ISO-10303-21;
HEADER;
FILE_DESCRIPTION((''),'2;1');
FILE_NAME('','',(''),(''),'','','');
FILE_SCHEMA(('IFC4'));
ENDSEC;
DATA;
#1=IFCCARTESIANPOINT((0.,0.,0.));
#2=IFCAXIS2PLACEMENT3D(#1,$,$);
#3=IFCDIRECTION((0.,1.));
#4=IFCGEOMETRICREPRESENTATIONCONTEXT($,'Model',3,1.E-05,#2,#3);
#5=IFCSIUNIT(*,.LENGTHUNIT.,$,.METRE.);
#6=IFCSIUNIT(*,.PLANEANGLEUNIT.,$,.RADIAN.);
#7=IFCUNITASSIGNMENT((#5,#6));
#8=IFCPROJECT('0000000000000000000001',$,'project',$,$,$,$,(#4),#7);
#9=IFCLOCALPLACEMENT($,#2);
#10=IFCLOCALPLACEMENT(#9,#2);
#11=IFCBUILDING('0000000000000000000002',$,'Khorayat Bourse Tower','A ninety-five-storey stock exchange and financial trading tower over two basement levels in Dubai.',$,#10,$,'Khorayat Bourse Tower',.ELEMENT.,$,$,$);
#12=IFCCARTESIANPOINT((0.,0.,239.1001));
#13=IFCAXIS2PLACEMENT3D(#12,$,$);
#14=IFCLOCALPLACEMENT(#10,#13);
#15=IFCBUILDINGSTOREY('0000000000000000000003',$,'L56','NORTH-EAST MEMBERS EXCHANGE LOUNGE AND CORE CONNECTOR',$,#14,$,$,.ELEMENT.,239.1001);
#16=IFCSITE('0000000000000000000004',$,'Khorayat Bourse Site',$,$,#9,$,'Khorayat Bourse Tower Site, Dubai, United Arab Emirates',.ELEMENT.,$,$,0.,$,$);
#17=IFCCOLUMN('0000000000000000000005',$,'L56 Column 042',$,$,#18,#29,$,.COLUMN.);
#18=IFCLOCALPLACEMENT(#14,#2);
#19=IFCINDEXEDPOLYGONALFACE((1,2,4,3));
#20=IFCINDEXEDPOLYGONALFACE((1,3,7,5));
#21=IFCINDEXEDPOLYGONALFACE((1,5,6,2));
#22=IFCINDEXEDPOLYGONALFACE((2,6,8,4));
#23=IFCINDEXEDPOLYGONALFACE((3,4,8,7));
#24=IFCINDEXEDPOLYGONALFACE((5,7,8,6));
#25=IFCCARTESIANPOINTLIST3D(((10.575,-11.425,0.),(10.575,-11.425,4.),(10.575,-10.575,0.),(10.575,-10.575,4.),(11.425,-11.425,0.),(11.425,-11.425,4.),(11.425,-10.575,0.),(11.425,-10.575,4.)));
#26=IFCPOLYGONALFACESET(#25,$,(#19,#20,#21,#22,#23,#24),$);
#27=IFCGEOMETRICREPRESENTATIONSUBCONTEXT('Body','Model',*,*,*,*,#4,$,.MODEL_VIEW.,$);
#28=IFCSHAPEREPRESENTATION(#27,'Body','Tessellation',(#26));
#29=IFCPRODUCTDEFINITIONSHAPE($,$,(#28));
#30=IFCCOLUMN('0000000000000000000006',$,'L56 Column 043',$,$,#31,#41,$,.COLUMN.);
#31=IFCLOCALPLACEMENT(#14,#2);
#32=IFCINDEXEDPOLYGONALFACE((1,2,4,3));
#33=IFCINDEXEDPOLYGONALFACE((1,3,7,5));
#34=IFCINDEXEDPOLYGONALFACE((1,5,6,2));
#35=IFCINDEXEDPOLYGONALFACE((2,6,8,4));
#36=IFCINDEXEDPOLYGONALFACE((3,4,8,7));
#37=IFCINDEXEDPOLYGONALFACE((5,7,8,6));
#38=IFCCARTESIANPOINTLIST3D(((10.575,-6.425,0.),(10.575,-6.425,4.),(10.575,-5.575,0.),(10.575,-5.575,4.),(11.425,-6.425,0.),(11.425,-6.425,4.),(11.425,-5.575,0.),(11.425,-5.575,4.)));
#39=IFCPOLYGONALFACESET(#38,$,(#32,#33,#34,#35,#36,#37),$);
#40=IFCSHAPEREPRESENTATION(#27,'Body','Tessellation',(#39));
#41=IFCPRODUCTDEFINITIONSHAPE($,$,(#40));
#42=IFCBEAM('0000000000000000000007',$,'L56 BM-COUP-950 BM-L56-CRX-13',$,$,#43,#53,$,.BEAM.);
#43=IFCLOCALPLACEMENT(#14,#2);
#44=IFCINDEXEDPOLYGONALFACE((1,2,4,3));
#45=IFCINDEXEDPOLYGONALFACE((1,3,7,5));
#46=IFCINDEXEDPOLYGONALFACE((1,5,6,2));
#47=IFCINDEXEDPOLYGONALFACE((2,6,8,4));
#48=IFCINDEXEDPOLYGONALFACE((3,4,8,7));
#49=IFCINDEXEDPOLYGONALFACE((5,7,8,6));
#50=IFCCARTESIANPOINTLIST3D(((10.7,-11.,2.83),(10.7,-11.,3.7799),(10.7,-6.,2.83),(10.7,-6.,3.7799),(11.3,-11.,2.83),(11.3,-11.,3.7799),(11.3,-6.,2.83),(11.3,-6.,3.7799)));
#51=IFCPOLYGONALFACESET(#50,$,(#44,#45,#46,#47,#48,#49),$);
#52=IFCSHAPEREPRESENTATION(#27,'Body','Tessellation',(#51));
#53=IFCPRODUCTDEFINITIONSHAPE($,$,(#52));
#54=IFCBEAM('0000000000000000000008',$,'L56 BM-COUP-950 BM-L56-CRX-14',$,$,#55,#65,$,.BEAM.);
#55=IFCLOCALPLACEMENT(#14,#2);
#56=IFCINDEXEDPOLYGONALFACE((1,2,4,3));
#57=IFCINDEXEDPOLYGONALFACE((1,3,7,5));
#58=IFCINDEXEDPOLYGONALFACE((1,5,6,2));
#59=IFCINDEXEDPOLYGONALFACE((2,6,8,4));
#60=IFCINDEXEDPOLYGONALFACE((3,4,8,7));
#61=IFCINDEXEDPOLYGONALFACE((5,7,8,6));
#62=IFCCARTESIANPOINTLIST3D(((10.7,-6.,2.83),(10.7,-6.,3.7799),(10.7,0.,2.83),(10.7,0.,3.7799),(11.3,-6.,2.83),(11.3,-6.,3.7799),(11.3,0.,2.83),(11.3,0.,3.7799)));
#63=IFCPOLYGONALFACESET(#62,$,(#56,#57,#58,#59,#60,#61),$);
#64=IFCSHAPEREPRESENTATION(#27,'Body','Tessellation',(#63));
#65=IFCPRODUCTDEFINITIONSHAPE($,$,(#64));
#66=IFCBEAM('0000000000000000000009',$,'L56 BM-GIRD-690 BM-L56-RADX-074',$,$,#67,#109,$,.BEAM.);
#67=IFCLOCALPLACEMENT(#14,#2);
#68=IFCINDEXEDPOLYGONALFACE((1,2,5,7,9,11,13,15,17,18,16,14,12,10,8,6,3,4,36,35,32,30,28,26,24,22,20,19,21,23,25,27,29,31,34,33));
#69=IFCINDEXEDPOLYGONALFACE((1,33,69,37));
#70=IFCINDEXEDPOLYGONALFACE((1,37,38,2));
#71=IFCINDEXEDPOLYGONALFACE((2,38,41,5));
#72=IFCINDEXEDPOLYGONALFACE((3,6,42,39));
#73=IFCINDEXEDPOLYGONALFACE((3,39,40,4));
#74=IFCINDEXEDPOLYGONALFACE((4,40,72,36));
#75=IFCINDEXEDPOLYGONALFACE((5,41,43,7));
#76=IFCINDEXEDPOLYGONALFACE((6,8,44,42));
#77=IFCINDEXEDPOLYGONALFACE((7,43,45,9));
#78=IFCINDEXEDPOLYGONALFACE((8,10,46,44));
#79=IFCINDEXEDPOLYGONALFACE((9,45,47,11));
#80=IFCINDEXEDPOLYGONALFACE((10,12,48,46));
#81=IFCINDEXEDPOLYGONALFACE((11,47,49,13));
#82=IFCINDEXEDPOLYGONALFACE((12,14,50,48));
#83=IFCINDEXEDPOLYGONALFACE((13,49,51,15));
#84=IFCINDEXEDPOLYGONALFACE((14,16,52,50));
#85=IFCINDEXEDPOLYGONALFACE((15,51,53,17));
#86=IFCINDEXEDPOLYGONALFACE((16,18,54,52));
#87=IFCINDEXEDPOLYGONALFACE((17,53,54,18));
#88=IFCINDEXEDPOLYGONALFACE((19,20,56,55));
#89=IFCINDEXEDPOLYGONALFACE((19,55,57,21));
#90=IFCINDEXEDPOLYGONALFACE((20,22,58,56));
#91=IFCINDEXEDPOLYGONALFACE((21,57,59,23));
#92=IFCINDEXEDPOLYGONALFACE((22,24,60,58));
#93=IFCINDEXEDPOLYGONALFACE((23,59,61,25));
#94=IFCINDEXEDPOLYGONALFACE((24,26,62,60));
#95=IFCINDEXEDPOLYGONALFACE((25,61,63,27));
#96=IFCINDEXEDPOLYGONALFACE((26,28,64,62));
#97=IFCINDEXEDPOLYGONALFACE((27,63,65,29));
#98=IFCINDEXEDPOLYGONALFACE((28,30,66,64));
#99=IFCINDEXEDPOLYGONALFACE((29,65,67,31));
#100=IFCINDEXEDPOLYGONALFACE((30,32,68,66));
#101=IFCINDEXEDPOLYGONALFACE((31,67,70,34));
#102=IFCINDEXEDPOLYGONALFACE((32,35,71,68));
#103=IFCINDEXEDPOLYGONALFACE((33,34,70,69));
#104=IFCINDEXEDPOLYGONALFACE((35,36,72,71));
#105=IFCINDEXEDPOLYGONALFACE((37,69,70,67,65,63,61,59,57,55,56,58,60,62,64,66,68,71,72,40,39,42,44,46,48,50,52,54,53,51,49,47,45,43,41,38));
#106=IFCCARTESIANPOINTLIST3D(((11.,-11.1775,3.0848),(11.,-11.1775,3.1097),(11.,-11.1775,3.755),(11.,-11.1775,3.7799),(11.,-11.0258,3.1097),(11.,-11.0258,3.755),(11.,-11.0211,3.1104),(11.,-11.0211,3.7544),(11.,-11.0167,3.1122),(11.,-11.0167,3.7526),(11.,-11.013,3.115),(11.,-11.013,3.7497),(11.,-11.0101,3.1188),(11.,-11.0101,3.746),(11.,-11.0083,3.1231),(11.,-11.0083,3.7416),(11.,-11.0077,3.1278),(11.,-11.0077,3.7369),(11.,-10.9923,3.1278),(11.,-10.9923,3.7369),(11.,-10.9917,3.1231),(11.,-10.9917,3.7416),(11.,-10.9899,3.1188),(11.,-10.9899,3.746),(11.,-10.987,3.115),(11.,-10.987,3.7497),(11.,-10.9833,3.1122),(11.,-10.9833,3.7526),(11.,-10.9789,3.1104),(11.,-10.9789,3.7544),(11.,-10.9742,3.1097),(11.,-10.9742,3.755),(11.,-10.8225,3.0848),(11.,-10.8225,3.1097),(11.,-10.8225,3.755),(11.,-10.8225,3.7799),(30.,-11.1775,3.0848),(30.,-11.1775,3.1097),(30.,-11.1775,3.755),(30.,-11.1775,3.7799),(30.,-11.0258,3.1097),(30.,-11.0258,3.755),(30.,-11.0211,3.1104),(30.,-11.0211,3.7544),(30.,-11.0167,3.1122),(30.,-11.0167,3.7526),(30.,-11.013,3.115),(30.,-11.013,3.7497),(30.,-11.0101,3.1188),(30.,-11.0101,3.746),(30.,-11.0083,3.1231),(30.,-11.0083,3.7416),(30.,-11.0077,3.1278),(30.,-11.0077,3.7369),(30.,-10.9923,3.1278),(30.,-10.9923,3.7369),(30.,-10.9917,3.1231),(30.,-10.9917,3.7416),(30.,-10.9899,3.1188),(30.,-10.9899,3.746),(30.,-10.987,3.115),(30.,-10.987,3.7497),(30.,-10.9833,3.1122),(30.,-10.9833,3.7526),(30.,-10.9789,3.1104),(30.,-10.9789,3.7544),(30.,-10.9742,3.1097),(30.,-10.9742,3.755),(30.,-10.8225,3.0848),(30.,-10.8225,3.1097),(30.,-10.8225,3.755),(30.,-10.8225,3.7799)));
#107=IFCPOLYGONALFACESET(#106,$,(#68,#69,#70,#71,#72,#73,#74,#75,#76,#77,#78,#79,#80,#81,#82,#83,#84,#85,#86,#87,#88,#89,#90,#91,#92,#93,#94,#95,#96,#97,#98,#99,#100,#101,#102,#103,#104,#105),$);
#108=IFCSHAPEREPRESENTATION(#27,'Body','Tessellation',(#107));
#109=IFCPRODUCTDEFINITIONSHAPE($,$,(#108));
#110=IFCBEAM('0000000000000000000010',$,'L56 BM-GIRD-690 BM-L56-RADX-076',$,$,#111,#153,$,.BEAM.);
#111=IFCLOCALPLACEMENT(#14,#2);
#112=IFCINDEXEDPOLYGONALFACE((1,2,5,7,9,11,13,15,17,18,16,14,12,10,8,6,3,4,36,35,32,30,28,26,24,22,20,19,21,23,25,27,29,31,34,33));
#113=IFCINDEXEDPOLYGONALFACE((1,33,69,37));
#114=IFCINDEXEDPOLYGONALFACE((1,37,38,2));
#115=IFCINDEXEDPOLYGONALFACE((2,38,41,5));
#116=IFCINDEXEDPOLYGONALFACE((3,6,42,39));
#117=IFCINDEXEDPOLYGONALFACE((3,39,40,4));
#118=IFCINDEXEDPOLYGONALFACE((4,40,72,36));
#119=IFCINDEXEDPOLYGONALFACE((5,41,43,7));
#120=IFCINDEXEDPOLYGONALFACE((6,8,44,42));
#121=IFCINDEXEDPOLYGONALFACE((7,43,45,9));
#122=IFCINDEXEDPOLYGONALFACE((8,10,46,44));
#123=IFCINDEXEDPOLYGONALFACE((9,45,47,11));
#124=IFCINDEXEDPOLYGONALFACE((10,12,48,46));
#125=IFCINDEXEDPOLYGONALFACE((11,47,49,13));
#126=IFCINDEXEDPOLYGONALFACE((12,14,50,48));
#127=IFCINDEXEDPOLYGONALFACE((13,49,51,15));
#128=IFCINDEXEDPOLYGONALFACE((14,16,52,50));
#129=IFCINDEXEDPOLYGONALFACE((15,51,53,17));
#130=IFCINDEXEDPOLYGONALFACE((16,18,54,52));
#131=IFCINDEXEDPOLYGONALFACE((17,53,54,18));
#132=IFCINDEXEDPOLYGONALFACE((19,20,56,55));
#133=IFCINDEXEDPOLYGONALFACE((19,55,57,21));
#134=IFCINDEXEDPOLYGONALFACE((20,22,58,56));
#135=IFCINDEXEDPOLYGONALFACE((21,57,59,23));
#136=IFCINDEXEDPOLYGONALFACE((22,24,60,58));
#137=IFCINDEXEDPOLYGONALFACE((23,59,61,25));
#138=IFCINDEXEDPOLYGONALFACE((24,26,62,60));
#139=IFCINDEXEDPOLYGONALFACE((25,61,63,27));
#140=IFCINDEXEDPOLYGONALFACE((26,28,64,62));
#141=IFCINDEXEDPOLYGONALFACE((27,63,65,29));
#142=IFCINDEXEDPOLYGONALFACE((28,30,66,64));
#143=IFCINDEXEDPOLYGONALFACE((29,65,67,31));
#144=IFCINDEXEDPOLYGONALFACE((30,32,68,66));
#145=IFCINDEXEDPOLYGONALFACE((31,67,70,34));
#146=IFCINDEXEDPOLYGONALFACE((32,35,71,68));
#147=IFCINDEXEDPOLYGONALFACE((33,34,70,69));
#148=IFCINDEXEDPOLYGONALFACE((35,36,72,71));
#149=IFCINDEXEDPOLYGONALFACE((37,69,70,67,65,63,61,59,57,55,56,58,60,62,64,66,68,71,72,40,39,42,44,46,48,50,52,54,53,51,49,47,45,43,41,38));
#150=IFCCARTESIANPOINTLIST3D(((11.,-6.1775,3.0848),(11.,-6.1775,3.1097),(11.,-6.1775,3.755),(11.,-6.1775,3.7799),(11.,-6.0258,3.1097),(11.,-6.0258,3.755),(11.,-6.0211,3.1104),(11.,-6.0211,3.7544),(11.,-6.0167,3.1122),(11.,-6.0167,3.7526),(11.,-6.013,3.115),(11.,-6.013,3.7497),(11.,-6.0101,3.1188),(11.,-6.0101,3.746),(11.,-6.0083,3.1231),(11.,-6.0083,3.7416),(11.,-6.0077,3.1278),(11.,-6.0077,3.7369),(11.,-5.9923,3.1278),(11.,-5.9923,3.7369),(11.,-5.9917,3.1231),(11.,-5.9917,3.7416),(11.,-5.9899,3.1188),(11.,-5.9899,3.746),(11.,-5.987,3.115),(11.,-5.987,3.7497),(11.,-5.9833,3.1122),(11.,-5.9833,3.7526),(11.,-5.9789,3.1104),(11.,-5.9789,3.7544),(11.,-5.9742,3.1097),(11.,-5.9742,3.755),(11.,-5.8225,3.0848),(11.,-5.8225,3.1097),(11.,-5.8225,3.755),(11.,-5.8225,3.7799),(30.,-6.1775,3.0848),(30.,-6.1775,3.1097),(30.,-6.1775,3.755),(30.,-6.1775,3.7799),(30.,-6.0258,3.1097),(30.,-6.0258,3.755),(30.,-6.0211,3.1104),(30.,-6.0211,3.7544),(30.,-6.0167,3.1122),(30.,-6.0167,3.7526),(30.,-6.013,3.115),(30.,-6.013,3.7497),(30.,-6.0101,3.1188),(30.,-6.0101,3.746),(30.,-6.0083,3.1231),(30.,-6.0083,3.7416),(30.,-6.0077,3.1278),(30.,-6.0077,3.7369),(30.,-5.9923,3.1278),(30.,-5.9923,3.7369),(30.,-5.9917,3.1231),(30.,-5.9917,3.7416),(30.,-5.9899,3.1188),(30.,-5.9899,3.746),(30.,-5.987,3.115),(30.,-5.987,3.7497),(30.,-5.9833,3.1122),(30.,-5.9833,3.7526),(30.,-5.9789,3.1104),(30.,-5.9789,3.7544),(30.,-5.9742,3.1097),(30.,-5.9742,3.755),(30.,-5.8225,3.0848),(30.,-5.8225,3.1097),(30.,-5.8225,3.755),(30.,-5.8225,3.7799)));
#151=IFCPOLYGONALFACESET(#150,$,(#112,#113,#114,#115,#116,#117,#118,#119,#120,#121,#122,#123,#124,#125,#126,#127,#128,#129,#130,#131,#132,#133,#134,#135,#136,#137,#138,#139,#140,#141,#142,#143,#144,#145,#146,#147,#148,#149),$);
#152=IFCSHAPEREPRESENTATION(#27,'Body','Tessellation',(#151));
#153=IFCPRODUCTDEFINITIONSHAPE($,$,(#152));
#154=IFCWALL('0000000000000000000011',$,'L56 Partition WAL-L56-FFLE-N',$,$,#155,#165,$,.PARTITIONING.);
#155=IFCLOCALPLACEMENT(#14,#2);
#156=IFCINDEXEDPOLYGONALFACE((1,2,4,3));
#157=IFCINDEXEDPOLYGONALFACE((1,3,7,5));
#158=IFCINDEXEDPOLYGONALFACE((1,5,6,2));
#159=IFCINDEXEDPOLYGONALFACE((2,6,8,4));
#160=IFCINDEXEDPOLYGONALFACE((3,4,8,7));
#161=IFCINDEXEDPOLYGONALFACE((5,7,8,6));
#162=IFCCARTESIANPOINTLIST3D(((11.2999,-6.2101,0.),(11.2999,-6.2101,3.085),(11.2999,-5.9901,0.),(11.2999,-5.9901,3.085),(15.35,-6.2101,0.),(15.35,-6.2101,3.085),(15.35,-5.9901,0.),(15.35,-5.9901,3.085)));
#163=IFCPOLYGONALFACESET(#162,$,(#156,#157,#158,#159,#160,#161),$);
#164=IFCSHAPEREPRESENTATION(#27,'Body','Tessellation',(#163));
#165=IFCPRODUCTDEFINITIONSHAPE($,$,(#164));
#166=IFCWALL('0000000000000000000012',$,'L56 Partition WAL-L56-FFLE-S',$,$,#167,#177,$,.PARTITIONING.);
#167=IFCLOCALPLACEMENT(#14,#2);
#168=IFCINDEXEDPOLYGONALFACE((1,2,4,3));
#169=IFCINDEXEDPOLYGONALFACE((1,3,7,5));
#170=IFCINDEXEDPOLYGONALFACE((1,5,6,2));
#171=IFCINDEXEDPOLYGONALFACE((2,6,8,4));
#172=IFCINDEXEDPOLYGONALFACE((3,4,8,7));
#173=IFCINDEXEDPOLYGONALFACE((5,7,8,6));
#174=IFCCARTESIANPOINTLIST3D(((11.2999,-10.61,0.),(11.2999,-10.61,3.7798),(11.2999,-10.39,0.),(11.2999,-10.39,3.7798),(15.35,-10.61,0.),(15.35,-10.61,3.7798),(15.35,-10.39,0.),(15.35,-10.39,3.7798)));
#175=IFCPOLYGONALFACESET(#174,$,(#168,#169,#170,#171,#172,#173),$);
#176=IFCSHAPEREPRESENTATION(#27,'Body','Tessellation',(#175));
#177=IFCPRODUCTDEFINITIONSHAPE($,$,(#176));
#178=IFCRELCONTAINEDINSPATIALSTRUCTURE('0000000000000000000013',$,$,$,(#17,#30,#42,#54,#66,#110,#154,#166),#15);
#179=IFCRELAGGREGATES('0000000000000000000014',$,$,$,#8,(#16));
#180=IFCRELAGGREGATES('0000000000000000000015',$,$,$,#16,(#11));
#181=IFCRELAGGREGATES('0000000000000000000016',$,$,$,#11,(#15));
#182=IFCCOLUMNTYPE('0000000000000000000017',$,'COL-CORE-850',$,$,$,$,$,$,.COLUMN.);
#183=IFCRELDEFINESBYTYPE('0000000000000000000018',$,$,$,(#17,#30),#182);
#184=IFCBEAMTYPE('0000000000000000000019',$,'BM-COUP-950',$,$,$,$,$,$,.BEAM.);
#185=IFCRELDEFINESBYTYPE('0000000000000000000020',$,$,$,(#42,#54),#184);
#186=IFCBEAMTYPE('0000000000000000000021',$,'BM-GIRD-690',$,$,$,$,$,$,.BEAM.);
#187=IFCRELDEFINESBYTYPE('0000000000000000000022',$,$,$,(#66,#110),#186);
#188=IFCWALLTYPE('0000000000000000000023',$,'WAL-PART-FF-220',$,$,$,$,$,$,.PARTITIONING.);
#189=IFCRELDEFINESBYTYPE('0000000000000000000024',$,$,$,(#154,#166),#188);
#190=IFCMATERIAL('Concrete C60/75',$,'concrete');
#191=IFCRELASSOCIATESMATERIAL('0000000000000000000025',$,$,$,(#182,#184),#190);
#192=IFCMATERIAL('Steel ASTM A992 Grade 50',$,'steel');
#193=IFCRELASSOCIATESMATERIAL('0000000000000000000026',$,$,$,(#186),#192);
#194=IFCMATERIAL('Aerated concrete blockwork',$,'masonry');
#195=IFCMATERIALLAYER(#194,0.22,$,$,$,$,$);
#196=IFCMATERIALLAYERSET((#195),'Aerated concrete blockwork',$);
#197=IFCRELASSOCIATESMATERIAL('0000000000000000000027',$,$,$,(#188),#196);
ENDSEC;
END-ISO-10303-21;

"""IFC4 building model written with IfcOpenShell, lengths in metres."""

from ifc_helpers import new_model, si_unit, direction, frame, frame_2d, origin, origin_2d, place, context, subcontext, project, spatial, rectangle, i_section, extrude, source, transform, mapped, material, layer, layer_set, material_profile, profile_set, type_object, element, save


model = new_model("IFC4")

# Units and contexts
model_context = context("Model", 3, precision=1e-05, world=origin(), true_north=direction((0.0, 1.0)))
body_context = subcontext(model_context, "Body", "Model", "MODEL_VIEW")
ifc_project = project(units=[si_unit("LENGTHUNIT", "METRE"), si_unit("PLANEANGLEUNIT", "RADIAN")], contexts=[model_context])

# Site, building, storey
site_placement = place(None, origin())
site = spatial("IfcSite", under=ifc_project, at=site_placement, Name="Khorayat Bourse Site", LongName="Khorayat Bourse Tower Site, Dubai, United Arab Emirates", CompositionType="ELEMENT", RefElevation=0.0)
building_placement = place(site_placement, origin())
building = spatial("IfcBuilding", under=site, at=building_placement, Name="Khorayat Bourse Tower", Description="A ninety-five-storey stock exchange and financial trading tower over two basement levels in Dubai.", LongName="Khorayat Bourse Tower", CompositionType="ELEMENT")
storey_placement = place(building_placement, frame((0.0, 0.0, 239.1001)))
storey = spatial("IfcBuildingStorey", under=building, at=storey_placement, Name="L56", Description="NORTH-EAST MEMBERS EXCHANGE LOUNGE AND CORE CONNECTOR", CompositionType="ELEMENT", Elevation=239.1001)

# Columns
ifc_material_1 = material(Name="Concrete C60/75", Category="concrete")
ifc_material_profile_1 = material_profile(ifc_material_1, rectangle(XDim=0.8501, YDim=0.8501, at=origin_2d()), Name="RC 850x850")
ifc_profile_set_1 = profile_set([ifc_material_profile_1], Name="Concrete C60/75")
column_type = type_object("IfcColumnType", Name="COL-CORE-850", PredefinedType="COLUMN", material=ifc_profile_set_1)
shared_shape_1 = source(origin(), body_context, "Body", "SweptSolid", [
    extrude(rectangle(XDim=0.8501, YDim=0.8501, at=origin_2d()), origin(), (0.0, 0.0, 1.0), 4.0),
])
for number, where, z_axis, x_axis, name in (
    (1, (11.0, -11.0, 0.0), (0.0, 0.0, 1.0), (1.0, 0.0, 0.0), "L56 Column 042"),
    (2, (11.0, -6.0, 0.0), (0.0, 0.0, 1.0), (1.0, 0.0, 0.0), "L56 Column 043"),
):
    element("IfcColumn", number, at=place(storey_placement, frame(where, z_axis=z_axis, x_axis=x_axis)), inside=storey, type_object=column_type, Name=name, PredefinedType="COLUMN", context=body_context, shape_type="MappedRepresentation", body=[
        mapped(shared_shape_1, transform((0.0, 0.0, 0.0), scale=1.0)),
    ])

# Beams
ifc_material_profile_2 = material_profile(ifc_material_1, rectangle(XDim=0.6001, YDim=0.95, at=origin_2d()), Name="RC 600x950")
ifc_profile_set_2 = profile_set([ifc_material_profile_2], Name="Concrete C60/75")
beam_type_1 = type_object("IfcBeamType", Name="BM-COUP-950", PredefinedType="BEAM", material=ifc_profile_set_2)
shared_shape_2 = source(origin(), body_context, "Body", "SweptSolid", [
    extrude(rectangle(XDim=0.6001, YDim=0.95, at=origin_2d()), origin(), (0.0, 0.0, 1.0), 5.0),
])
beam_1_placement = place(storey_placement, frame((11.0, -11.0, 3.3049), z_axis=(0.0, 1.0, 0.0), x_axis=(-1.0, 0.0, 0.0)))
element("IfcBeam", 3, at=beam_1_placement, inside=storey, type_object=beam_type_1, Name="L56 BM-COUP-950 BM-L56-CRX-13", PredefinedType="BEAM", context=body_context, shape_type="MappedRepresentation", body=[
    mapped(shared_shape_2, transform((0.0, 0.0, 0.0), scale=1.0)),
])
shared_shape_3 = source(origin(), body_context, "Body", "SweptSolid", [
    extrude(rectangle(XDim=0.6001, YDim=0.95, at=origin_2d()), origin(), (0.0, 0.0, 1.0), 6.0),
])
beam_2_placement = place(storey_placement, frame((11.0, -6.0, 3.3049), z_axis=(0.0, 1.0, 0.0), x_axis=(-1.0, 0.0, 0.0)))
element("IfcBeam", 4, at=beam_2_placement, inside=storey, type_object=beam_type_1, Name="L56 BM-COUP-950 BM-L56-CRX-14", PredefinedType="BEAM", context=body_context, shape_type="MappedRepresentation", body=[
    mapped(shared_shape_3, transform((0.0, 0.0, 0.0), scale=1.0)),
])
ifc_material_2 = material(Name="Steel ASTM A992 Grade 50", Category="steel")
ifc_material_profile_3 = material_profile(ifc_material_2, i_section(OverallWidth=0.355, OverallDepth=0.6951, WebThickness=0.0154, FlangeThickness=0.0249, FilletRadius=0.0181, at=origin_2d()), Name="W690X217")
ifc_profile_set_3 = profile_set([ifc_material_profile_3], Name="Steel ASTM A992 Grade 50")
beam_type_2 = type_object("IfcBeamType", Name="BM-GIRD-690", PredefinedType="BEAM", material=ifc_profile_set_3)
shared_shape_4 = source(origin(), body_context, "Body", "SweptSolid", [
    extrude(i_section(OverallWidth=0.355, OverallDepth=0.6951, WebThickness=0.0154, FlangeThickness=0.0249, FilletRadius=0.0181, at=origin_2d()), origin(), (0.0, 0.0, 1.0), 19.0),
])
for number, where, z_axis, x_axis, name in (
    (5, (11.0, -11.0, 3.4324), (1.0, 0.0, 0.0), (0.0, 1.0, 0.0), "L56 BM-GIRD-690 BM-L56-RADX-074"),
    (6, (11.0, -6.0, 3.4324), (1.0, 0.0, 0.0), (0.0, 1.0, 0.0), "L56 BM-GIRD-690 BM-L56-RADX-076"),
):
    element("IfcBeam", number, at=place(storey_placement, frame(where, z_axis=z_axis, x_axis=x_axis)), inside=storey, type_object=beam_type_2, Name=name, PredefinedType="BEAM", context=body_context, shape_type="MappedRepresentation", body=[
        mapped(shared_shape_4, transform((0.0, 0.0, 0.0), scale=1.0)),
    ])

# Walls
ifc_material_3 = material(Name="Aerated concrete blockwork", Category="masonry")
ifc_layer_1 = layer(ifc_material_3, 0.22)
ifc_layer_set_1 = layer_set([ifc_layer_1], Name="Aerated concrete blockwork")
wall_type_1 = type_object("IfcWallType", Name="WAL-PART-FF-220", PredefinedType="PARTITIONING", material=ifc_layer_set_1)
shared_shape_5 = source(origin(), body_context, "Body", "SweptSolid", [
    extrude(rectangle(XDim=4.05, YDim=0.22, at=frame_2d((2.0249, 0.0))), origin(), (0.0, 0.0, 1.0), 3.085),
])
wall_1_placement = place(storey_placement, frame((11.3, -6.1001, 0.0), z_axis=(0.0, 0.0, 1.0), x_axis=(1.0, 0.0, 0.0)))
element("IfcWall", 7, at=wall_1_placement, inside=storey, type_object=wall_type_1, Name="L56 Partition WAL-L56-FFLE-N", PredefinedType="PARTITIONING", context=body_context, shape_type="MappedRepresentation", body=[
    mapped(shared_shape_5, transform((0.0, 0.0, 0.0), scale=1.0)),
])
shared_shape_6 = source(origin(), body_context, "Body", "SweptSolid", [
    extrude(rectangle(XDim=4.05, YDim=0.22, at=frame_2d((2.0249, 0.0))), origin(), (0.0, 0.0, 1.0), 3.7798),
])
wall_2_placement = place(storey_placement, frame((11.3, -10.5, 0.0), z_axis=(0.0, 0.0, 1.0), x_axis=(1.0, 0.0, 0.0)))
element("IfcWall", 8, at=wall_2_placement, inside=storey, type_object=wall_type_1, Name="L56 Partition WAL-L56-FFLE-S", PredefinedType="PARTITIONING", context=body_context, shape_type="MappedRepresentation", body=[
    mapped(shared_shape_6, transform((0.0, 0.0, 0.0), scale=1.0)),
])

save(model, "model.ifc")
